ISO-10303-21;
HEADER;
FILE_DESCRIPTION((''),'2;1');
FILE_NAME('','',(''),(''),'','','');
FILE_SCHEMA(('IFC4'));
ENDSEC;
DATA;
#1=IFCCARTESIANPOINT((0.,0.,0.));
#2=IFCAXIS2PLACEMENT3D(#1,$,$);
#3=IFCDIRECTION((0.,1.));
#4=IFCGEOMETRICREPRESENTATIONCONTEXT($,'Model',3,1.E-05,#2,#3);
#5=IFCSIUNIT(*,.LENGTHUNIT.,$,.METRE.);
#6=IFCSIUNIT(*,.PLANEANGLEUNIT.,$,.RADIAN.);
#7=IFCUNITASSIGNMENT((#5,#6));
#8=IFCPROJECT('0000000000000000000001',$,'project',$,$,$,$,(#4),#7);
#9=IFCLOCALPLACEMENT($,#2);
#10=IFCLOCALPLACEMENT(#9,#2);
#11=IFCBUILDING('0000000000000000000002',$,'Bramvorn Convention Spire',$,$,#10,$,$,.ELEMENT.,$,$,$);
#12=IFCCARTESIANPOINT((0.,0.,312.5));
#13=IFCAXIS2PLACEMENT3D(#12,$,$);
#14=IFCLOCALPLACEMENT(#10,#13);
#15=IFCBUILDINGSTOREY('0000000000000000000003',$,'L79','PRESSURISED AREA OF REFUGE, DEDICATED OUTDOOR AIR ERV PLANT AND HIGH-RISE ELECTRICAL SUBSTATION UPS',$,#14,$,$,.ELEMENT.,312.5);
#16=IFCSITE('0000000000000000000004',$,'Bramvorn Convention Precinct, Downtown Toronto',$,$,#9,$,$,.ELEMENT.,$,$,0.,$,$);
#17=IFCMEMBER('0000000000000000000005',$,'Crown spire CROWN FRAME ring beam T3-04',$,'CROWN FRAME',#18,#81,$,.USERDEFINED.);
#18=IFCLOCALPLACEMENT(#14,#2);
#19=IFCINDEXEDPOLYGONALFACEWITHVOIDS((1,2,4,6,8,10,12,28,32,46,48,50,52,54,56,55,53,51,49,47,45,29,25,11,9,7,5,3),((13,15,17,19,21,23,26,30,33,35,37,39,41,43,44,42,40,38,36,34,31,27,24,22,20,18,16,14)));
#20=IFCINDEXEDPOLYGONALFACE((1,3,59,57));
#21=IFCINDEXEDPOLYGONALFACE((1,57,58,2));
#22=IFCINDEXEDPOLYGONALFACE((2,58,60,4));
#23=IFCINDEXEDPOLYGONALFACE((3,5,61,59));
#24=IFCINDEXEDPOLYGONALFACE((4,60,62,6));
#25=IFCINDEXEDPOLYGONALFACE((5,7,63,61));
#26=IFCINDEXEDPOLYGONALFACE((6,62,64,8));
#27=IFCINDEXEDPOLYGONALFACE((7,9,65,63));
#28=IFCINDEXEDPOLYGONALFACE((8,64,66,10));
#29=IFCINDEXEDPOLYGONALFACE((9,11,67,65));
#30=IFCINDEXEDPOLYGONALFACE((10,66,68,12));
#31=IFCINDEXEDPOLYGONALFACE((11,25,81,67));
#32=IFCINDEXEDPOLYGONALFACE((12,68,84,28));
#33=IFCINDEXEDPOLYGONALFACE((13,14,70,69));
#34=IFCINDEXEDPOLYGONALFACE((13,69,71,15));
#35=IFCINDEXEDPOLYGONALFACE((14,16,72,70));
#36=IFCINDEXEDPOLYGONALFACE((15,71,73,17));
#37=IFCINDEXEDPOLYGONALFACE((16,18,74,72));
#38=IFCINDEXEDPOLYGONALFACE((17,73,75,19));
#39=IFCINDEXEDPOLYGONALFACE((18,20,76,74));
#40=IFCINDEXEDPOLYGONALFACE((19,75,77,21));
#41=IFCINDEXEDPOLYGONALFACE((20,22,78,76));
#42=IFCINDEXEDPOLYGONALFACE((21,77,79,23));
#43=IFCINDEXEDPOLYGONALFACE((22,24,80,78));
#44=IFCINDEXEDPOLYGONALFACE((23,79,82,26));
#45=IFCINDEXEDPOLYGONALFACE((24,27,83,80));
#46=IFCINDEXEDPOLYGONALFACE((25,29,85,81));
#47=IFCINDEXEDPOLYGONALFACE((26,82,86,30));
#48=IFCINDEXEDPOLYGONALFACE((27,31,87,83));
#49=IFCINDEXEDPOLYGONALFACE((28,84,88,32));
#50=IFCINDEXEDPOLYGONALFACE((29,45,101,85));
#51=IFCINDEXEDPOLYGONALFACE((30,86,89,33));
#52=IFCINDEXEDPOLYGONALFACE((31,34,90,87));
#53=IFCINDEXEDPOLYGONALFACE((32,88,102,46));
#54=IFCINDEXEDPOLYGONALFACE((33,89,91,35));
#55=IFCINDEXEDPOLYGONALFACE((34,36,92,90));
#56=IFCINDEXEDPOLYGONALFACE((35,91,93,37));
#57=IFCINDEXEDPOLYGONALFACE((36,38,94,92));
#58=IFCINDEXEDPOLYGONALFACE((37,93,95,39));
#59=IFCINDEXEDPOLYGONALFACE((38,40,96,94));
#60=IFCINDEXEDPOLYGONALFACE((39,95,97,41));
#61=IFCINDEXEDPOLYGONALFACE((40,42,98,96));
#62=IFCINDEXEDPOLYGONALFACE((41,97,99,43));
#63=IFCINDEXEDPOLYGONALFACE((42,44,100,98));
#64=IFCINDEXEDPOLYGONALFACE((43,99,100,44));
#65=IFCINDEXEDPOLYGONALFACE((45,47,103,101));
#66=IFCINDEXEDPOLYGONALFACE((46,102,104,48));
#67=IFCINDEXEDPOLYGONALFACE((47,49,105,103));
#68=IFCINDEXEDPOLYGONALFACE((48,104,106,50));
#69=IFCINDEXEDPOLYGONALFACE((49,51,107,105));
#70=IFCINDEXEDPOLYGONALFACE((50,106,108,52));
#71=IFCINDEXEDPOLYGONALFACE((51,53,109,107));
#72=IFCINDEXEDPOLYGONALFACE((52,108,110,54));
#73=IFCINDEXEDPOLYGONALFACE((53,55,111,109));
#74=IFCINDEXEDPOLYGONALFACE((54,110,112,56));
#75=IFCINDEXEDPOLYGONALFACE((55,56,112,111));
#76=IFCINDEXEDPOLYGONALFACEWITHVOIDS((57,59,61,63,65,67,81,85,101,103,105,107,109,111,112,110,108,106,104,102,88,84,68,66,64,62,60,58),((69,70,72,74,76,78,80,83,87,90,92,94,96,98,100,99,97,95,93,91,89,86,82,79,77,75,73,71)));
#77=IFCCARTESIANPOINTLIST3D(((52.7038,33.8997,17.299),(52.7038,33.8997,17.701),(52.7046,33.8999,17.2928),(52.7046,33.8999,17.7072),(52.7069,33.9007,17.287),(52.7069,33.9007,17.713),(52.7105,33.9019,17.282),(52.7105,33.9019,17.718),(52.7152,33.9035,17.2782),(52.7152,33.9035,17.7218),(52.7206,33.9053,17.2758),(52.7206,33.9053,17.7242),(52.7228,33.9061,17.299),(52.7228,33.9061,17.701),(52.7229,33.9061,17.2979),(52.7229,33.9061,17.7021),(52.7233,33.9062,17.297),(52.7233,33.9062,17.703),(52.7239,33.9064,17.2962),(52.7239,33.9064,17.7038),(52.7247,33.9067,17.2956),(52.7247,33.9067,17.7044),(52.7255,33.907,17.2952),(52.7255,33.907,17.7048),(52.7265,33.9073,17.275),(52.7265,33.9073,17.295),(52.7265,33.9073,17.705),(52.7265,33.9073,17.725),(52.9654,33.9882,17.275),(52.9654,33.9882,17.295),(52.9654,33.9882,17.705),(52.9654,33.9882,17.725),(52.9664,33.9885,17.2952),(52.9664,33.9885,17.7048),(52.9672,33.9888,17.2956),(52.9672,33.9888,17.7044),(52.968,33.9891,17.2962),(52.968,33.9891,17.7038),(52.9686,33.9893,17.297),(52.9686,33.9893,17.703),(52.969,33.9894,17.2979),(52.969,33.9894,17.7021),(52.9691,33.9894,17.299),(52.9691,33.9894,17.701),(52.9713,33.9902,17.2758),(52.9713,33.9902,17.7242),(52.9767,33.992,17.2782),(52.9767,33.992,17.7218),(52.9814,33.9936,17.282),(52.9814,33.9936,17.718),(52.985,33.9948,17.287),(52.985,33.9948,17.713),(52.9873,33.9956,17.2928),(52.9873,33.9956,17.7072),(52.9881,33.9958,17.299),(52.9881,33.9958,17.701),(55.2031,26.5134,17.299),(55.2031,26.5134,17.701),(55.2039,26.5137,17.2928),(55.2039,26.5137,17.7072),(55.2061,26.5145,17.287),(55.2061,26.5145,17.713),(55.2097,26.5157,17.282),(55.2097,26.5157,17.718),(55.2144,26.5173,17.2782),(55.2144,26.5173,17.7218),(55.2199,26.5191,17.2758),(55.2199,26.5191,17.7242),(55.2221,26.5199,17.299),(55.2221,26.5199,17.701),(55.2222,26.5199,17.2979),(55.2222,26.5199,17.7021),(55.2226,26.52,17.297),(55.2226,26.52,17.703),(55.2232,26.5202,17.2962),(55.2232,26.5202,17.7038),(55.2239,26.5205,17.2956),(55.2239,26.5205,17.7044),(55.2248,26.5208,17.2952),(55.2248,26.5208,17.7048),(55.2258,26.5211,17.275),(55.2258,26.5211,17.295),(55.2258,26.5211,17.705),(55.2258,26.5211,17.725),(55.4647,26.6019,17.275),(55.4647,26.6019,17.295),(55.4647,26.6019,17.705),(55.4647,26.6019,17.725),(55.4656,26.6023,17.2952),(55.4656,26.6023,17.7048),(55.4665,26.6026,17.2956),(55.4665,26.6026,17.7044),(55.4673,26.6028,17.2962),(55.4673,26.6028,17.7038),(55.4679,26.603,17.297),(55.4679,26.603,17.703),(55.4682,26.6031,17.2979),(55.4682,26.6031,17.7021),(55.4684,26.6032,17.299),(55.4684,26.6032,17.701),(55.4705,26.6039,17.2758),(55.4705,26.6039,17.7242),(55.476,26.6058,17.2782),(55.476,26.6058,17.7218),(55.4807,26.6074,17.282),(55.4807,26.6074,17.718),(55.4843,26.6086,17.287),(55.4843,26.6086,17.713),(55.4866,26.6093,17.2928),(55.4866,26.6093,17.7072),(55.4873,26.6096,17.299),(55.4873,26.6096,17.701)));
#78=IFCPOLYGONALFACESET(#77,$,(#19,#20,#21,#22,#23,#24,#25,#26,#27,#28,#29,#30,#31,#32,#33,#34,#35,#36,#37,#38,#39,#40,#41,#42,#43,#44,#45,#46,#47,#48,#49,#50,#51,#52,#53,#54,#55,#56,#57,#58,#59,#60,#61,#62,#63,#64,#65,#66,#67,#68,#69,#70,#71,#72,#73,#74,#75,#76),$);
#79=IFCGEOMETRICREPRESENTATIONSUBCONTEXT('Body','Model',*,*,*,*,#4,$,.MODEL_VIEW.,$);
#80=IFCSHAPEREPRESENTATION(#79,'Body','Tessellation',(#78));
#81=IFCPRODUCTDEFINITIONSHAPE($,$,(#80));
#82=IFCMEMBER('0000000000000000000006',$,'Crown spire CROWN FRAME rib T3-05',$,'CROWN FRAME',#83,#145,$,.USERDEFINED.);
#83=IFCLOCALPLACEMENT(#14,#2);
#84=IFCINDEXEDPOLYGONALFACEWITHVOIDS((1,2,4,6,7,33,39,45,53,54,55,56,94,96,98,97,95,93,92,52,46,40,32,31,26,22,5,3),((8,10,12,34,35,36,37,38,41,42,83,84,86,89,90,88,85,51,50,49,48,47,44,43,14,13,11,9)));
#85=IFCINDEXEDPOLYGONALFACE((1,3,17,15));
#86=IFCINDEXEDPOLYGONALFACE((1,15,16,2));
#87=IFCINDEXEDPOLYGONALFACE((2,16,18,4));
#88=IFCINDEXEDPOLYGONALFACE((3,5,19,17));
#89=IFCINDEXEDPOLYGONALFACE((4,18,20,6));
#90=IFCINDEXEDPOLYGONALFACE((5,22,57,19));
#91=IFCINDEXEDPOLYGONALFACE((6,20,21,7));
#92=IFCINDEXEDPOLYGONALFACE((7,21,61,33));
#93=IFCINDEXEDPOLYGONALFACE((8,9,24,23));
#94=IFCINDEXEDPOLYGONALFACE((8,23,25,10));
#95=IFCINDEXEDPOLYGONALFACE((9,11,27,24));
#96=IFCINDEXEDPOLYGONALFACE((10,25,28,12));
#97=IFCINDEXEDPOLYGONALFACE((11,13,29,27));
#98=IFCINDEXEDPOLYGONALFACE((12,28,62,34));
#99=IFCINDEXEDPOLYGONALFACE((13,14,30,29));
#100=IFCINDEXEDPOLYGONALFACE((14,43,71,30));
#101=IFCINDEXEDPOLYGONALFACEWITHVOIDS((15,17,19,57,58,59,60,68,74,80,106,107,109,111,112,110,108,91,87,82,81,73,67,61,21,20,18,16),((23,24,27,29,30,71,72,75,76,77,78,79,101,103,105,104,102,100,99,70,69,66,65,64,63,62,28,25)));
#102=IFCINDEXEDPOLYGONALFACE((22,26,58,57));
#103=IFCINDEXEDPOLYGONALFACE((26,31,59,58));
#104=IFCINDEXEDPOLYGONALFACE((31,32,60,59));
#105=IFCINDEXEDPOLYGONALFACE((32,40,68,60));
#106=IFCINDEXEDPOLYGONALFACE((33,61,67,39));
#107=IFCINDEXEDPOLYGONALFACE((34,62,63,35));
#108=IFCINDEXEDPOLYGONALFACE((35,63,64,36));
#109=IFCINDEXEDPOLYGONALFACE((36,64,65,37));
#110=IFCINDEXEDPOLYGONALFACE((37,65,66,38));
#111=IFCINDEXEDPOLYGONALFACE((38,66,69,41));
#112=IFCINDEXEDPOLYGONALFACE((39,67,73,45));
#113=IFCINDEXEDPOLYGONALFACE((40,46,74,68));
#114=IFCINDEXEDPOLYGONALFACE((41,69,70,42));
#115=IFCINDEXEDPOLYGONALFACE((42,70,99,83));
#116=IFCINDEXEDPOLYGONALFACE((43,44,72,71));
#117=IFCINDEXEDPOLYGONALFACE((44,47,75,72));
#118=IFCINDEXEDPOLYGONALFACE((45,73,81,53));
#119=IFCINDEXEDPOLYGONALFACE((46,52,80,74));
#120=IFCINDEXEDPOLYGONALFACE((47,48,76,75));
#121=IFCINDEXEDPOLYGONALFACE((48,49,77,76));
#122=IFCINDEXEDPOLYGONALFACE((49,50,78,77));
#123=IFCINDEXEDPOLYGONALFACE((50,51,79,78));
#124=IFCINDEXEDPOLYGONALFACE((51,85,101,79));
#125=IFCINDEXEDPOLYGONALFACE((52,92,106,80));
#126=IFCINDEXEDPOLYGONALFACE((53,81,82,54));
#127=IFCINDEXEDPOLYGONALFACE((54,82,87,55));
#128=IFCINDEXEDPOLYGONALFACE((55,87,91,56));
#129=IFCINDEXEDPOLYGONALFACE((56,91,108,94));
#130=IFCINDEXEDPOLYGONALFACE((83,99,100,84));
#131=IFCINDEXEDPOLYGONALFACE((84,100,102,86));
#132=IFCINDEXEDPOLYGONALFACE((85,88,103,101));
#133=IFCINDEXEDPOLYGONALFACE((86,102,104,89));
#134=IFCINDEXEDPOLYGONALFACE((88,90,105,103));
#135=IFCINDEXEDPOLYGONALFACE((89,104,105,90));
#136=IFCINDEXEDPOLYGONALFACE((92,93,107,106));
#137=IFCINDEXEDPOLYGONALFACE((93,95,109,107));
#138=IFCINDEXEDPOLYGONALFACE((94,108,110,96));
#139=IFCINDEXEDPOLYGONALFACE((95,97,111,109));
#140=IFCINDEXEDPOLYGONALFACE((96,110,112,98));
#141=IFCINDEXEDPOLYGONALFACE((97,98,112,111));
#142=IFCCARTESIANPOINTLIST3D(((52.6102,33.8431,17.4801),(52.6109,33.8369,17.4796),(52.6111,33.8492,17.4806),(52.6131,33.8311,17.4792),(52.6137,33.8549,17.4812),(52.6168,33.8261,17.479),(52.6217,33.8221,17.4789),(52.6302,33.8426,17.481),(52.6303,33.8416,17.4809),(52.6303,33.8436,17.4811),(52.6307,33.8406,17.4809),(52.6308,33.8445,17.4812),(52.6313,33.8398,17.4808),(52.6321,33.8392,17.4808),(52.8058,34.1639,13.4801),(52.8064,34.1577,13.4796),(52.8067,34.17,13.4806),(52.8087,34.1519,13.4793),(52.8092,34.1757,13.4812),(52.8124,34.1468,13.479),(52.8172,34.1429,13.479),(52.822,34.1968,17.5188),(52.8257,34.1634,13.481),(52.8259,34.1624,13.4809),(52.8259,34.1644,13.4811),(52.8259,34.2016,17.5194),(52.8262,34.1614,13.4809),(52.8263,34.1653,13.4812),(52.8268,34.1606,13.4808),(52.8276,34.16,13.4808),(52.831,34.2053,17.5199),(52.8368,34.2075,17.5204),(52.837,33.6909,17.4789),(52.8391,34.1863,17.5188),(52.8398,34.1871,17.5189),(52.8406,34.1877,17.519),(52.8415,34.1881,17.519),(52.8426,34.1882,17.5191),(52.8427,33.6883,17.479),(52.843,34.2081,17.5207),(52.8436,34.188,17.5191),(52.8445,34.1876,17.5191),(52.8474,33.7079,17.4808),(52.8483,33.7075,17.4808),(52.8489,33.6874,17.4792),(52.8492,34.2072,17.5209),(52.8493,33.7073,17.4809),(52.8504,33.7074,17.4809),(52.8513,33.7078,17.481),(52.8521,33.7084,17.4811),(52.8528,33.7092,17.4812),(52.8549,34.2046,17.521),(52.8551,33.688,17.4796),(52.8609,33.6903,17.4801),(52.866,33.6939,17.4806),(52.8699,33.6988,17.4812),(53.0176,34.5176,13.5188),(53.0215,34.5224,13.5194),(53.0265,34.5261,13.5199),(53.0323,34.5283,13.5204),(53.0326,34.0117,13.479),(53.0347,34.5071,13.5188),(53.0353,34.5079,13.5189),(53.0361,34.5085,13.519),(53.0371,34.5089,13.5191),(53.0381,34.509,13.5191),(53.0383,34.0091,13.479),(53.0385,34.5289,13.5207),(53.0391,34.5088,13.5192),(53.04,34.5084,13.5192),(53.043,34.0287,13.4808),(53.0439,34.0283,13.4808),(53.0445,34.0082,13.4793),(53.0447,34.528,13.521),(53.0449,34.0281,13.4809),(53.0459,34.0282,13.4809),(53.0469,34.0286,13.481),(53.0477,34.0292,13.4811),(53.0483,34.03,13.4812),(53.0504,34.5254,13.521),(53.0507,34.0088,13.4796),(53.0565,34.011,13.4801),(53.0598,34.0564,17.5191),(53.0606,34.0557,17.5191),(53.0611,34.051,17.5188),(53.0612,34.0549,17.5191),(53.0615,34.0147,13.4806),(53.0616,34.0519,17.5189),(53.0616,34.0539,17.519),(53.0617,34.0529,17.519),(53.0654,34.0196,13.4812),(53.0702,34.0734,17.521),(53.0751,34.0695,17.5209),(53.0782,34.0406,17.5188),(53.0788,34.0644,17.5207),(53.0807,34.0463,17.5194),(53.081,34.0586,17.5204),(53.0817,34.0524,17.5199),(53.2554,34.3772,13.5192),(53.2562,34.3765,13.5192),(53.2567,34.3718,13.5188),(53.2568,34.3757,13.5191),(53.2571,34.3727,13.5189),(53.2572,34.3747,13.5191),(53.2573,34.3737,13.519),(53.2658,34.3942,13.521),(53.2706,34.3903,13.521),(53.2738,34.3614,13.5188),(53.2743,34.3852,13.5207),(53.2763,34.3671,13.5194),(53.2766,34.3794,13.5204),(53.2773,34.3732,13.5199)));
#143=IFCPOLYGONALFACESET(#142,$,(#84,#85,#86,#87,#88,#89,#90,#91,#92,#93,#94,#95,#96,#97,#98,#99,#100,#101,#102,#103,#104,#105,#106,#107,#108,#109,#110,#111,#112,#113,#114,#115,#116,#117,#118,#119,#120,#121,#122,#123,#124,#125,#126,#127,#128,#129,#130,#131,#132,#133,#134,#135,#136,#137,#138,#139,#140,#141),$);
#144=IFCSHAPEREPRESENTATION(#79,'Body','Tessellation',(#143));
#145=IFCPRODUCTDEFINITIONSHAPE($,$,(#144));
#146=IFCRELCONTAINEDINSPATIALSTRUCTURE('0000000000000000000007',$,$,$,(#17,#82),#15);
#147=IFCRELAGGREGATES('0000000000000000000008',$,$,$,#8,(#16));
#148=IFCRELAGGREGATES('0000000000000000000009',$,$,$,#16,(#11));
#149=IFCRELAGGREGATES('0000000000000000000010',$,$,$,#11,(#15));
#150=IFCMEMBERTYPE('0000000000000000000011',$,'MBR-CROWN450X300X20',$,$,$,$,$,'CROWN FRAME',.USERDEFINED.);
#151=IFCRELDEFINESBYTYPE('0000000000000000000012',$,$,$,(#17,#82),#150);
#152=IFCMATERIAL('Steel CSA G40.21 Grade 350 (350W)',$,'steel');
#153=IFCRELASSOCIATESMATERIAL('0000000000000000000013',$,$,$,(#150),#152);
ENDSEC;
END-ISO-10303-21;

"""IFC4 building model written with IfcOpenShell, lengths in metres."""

from ifc_helpers import new_model, si_unit, direction, frame, origin, origin_2d, place, context, subcontext, project, spatial, hollow_rectangle, extrude, material, material_profile, profile_set, type_object, element, save


model = new_model("IFC4")

# Units and contexts
model_context = context("Model", 3, precision=1e-05, world=origin(), true_north=direction((0.0, 1.0)))
body_context = subcontext(model_context, "Body", "Model", "MODEL_VIEW")
ifc_project = project(units=[si_unit("LENGTHUNIT", "METRE"), si_unit("PLANEANGLEUNIT", "RADIAN")], contexts=[model_context])

# Site, building, storey
site_placement = place(None, origin())
site = spatial("IfcSite", under=ifc_project, at=site_placement, Name="Bramvorn Convention Precinct, Downtown Toronto", CompositionType="ELEMENT", RefElevation=0.0)
building_placement = place(site_placement, origin())
building = spatial("IfcBuilding", under=site, at=building_placement, Name="Bramvorn Convention Spire", CompositionType="ELEMENT")
storey_placement = place(building_placement, frame((0.0, 0.0, 312.5)))
storey = spatial("IfcBuildingStorey", under=building, at=storey_placement, Name="L79", Description="PRESSURISED AREA OF REFUGE, DEDICATED OUTDOOR AIR ERV PLANT AND HIGH-RISE ELECTRICAL SUBSTATION UPS", CompositionType="ELEMENT", Elevation=312.5)

# Members
ifc_material_1 = material(Name="Steel CSA G40.21 Grade 350 (350W)", Category="steel")
ifc_material_profile_1 = material_profile(ifc_material_1, hollow_rectangle(XDim=0.3, YDim=0.45, WallThickness=0.02, InnerFilletRadius=0.0039, OuterFilletRadius=0.0239, at=origin_2d()))
ifc_profile_set_1 = profile_set([ifc_material_profile_1], Name="Steel CSA G40.21 Grade 350 (350W) - CROWN450X300X20")
member_type_1 = type_object("IfcMemberType", Name="MBR-CROWN450X300X20", ElementType="CROWN FRAME", PredefinedType="USERDEFINED", material=ifc_profile_set_1)
member_1_placement = place(storey_placement, frame((55.3452, 26.5615, 17.5), z_axis=(-0.320517, 0.947243, 0.0), x_axis=(-0.947243, -0.320517, 0.0)))
element("IfcMember", 1, at=member_1_placement, inside=storey, type_object=member_type_1, Name="Crown spire CROWN FRAME ring beam T3-04", ObjectType="CROWN FRAME", PredefinedType="USERDEFINED", context=body_context, shape_type="SweptSolid", body=[
    extrude(hollow_rectangle(XDim=0.3, YDim=0.45, WallThickness=0.02, InnerFilletRadius=0.0039, OuterFilletRadius=0.0239, at=origin_2d()), origin(), (0.0, 0.0, 1.0), 7.7976),
])
member_2_placement = place(storey_placement, frame((53.0415, 34.2686, 13.5), z_axis=(-0.048675, -0.079849, 0.995618), x_axis=(0.85386, -0.520503, 0.0)))
element("IfcMember", 2, at=member_2_placement, inside=storey, type_object=member_type_1, Name="Crown spire CROWN FRAME rib T3-05", ObjectType="CROWN FRAME", PredefinedType="USERDEFINED", context=body_context, shape_type="SweptSolid", body=[
    extrude(hollow_rectangle(XDim=0.3, YDim=0.45, WallThickness=0.02, InnerFilletRadius=0.0039, OuterFilletRadius=0.0239, at=origin_2d()), origin(), (0.0, 0.0, 1.0), 4.0176),
])

save(model, "model.ifc")
